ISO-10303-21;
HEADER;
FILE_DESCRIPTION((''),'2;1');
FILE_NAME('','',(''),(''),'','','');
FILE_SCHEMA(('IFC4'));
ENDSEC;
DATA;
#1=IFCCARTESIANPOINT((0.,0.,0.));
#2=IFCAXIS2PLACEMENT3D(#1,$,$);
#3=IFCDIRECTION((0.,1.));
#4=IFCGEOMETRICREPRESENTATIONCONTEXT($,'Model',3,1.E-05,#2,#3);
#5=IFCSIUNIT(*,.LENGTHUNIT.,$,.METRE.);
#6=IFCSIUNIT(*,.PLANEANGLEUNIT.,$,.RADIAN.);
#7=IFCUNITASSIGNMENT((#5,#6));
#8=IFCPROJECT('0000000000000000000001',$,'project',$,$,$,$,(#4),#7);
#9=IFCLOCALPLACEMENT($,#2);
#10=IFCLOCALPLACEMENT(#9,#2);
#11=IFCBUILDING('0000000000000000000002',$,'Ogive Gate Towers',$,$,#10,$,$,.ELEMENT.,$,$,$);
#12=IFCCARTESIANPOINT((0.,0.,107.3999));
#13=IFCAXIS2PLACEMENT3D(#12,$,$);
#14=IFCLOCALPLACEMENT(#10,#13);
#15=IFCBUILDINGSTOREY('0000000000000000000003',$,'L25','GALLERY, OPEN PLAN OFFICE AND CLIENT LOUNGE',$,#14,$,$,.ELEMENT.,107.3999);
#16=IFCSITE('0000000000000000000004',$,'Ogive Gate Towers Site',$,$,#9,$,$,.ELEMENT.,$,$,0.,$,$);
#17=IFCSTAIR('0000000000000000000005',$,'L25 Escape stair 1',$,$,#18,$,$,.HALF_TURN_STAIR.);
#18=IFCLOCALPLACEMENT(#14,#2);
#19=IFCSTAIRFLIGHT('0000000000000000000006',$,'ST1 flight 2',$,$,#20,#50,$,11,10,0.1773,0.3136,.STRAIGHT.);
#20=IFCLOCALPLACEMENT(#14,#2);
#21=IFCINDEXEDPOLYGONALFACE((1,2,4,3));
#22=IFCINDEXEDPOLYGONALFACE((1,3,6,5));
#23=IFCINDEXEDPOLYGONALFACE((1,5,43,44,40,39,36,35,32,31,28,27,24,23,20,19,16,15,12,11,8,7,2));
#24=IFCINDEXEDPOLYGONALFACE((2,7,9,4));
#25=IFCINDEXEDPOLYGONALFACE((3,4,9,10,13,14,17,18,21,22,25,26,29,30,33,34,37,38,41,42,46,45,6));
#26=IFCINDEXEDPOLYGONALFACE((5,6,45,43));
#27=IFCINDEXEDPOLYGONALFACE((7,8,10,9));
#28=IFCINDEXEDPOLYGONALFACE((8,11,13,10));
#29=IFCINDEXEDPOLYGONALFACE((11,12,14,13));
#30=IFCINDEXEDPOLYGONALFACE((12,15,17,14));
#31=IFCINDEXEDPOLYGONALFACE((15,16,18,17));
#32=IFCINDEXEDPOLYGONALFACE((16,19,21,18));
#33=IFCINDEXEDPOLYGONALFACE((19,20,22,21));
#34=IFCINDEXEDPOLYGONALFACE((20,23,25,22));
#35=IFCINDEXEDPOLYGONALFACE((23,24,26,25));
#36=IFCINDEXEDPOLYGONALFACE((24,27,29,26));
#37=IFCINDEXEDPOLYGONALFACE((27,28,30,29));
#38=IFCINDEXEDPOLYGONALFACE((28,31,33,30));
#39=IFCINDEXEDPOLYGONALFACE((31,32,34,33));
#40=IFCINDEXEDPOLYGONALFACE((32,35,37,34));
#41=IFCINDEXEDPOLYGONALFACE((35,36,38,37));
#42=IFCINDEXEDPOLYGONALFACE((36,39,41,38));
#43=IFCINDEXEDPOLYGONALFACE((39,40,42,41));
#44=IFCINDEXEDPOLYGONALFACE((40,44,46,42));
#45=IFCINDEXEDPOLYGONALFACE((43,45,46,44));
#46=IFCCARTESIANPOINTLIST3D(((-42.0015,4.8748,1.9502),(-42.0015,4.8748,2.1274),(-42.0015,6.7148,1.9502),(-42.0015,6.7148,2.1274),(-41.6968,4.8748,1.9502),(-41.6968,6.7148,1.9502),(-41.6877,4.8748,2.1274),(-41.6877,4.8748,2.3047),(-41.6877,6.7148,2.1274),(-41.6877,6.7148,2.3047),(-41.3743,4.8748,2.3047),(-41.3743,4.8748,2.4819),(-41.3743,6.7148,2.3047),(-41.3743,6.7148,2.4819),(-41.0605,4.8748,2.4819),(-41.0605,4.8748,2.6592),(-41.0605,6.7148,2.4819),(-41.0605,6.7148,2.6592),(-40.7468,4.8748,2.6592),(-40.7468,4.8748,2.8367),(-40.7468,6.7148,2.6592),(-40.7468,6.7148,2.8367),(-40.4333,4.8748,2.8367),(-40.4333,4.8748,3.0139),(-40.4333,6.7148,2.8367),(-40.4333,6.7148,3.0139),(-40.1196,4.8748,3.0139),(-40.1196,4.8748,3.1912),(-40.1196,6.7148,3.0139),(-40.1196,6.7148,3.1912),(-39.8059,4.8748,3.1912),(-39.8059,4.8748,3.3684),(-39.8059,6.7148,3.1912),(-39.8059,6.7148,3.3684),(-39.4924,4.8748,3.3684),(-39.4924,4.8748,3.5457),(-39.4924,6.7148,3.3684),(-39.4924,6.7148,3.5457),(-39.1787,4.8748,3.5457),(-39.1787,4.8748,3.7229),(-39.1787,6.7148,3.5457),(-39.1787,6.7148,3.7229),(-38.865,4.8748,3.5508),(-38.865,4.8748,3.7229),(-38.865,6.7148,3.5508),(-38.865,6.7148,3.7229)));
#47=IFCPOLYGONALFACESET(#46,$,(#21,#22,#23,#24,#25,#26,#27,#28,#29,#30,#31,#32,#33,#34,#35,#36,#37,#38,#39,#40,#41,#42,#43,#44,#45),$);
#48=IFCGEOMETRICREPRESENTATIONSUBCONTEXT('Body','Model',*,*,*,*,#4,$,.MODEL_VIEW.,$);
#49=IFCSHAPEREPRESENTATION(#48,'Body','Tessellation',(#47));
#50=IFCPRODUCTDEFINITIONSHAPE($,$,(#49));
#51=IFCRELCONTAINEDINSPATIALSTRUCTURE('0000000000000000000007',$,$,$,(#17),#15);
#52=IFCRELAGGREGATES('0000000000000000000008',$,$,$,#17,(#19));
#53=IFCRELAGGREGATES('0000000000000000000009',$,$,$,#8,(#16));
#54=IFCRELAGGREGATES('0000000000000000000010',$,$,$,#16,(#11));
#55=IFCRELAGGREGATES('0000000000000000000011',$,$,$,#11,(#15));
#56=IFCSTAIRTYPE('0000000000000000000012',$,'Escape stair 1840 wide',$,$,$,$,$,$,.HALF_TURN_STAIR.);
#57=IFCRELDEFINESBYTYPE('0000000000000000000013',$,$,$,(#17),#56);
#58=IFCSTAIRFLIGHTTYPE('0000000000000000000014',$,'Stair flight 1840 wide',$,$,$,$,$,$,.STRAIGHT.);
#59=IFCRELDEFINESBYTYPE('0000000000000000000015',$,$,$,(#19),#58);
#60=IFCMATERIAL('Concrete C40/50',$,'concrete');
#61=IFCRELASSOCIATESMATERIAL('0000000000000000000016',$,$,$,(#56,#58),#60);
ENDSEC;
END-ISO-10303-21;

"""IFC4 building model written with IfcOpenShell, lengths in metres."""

from ifc_helpers import new_model, si_unit, direction, frame, origin, place, context, subcontext, project, spatial, polyline, outline, extrude, material, type_object, element, aggregate, save


model = new_model("IFC4")

# Units and contexts
model_context = context("Model", 3, precision=1e-05, world=origin(), true_north=direction((0.0, 1.0)))
body_context = subcontext(model_context, "Body", "Model", "MODEL_VIEW")
ifc_project = project(units=[si_unit("LENGTHUNIT", "METRE"), si_unit("PLANEANGLEUNIT", "RADIAN")], contexts=[model_context])

# Site, building, storey
site_placement = place(None, origin())
site = spatial("IfcSite", under=ifc_project, at=site_placement, Name="Ogive Gate Towers Site", CompositionType="ELEMENT", RefElevation=0.0)
building_placement = place(site_placement, origin())
building = spatial("IfcBuilding", under=site, at=building_placement, Name="Ogive Gate Towers", CompositionType="ELEMENT")
storey_placement = place(building_placement, frame((0.0, 0.0, 107.3999)))
storey = spatial("IfcBuildingStorey", under=building, at=storey_placement, Name="L25", Description="GALLERY, OPEN PLAN OFFICE AND CLIENT LOUNGE", CompositionType="ELEMENT", Elevation=107.3999)

# Stair, stair flight
ifc_material_1 = material(Name="Concrete C40/50", Category="concrete")
stair_type = type_object("IfcStairType", Name="Escape stair 1840 wide", PredefinedType="HALF_TURN_STAIR", material=ifc_material_1)
stair_placement = place(storey_placement, origin())
stair = element("IfcStair", 1, at=stair_placement, inside=storey, type_object=stair_type, Name="L25 Escape stair 1", PredefinedType="HALF_TURN_STAIR")
stair_flight_type = type_object("IfcStairFlightType", Name="Stair flight 1840 wide", PredefinedType="STRAIGHT", material=ifc_material_1)
stair_flight_1_placement = place(storey_placement, frame((-42.0015, 5.7949, 1.9502), z_axis=(0.0, 0.0, 1.0), x_axis=(1.0, 0.0, 0.0)))
stair_flight_1 = element("IfcStairFlight", 2, at=stair_flight_1_placement, type_object=stair_flight_type, Name="ST1 flight 2", NumberOfRisers=11, NumberOfTreads=10, PredefinedType="STRAIGHT", RiserHeight=0.1773, TreadLength=0.3136, context=body_context, shape_type="SweptSolid", body=[
    extrude(outline(polyline([(0.0, 0.0), (0.0, 0.1772), (0.3137, 0.1772), (0.3137, 0.3545), (0.6272, 0.3545), (0.6272, 0.5317), (0.9409, 0.5317), (0.9409, 0.709), (1.2546, 0.709), (1.2546, 0.8865), (1.5681, 0.8865), (1.5681, 1.0637), (1.8818, 1.0637), (1.8818, 1.241), (2.1956, 1.241), (2.1956, 1.4182), (2.509, 1.4182), (2.509, 1.5955), (2.8228, 1.5955), (2.8228, 1.7727), (3.1365, 1.7727), (3.1365, 1.95), (3.1365, 1.6006), (0.3047, 0.0), (0.0, 0.0)])), frame((0.0, 0.9199, 0.0), z_axis=(0.0, -1.0, 0.0), x_axis=(1.0, 0.0, 0.0)), (0.0, 0.0, 1.0), 1.8401),
])
aggregate(stair, [stair_flight_1])

save(model, "model.ifc")
